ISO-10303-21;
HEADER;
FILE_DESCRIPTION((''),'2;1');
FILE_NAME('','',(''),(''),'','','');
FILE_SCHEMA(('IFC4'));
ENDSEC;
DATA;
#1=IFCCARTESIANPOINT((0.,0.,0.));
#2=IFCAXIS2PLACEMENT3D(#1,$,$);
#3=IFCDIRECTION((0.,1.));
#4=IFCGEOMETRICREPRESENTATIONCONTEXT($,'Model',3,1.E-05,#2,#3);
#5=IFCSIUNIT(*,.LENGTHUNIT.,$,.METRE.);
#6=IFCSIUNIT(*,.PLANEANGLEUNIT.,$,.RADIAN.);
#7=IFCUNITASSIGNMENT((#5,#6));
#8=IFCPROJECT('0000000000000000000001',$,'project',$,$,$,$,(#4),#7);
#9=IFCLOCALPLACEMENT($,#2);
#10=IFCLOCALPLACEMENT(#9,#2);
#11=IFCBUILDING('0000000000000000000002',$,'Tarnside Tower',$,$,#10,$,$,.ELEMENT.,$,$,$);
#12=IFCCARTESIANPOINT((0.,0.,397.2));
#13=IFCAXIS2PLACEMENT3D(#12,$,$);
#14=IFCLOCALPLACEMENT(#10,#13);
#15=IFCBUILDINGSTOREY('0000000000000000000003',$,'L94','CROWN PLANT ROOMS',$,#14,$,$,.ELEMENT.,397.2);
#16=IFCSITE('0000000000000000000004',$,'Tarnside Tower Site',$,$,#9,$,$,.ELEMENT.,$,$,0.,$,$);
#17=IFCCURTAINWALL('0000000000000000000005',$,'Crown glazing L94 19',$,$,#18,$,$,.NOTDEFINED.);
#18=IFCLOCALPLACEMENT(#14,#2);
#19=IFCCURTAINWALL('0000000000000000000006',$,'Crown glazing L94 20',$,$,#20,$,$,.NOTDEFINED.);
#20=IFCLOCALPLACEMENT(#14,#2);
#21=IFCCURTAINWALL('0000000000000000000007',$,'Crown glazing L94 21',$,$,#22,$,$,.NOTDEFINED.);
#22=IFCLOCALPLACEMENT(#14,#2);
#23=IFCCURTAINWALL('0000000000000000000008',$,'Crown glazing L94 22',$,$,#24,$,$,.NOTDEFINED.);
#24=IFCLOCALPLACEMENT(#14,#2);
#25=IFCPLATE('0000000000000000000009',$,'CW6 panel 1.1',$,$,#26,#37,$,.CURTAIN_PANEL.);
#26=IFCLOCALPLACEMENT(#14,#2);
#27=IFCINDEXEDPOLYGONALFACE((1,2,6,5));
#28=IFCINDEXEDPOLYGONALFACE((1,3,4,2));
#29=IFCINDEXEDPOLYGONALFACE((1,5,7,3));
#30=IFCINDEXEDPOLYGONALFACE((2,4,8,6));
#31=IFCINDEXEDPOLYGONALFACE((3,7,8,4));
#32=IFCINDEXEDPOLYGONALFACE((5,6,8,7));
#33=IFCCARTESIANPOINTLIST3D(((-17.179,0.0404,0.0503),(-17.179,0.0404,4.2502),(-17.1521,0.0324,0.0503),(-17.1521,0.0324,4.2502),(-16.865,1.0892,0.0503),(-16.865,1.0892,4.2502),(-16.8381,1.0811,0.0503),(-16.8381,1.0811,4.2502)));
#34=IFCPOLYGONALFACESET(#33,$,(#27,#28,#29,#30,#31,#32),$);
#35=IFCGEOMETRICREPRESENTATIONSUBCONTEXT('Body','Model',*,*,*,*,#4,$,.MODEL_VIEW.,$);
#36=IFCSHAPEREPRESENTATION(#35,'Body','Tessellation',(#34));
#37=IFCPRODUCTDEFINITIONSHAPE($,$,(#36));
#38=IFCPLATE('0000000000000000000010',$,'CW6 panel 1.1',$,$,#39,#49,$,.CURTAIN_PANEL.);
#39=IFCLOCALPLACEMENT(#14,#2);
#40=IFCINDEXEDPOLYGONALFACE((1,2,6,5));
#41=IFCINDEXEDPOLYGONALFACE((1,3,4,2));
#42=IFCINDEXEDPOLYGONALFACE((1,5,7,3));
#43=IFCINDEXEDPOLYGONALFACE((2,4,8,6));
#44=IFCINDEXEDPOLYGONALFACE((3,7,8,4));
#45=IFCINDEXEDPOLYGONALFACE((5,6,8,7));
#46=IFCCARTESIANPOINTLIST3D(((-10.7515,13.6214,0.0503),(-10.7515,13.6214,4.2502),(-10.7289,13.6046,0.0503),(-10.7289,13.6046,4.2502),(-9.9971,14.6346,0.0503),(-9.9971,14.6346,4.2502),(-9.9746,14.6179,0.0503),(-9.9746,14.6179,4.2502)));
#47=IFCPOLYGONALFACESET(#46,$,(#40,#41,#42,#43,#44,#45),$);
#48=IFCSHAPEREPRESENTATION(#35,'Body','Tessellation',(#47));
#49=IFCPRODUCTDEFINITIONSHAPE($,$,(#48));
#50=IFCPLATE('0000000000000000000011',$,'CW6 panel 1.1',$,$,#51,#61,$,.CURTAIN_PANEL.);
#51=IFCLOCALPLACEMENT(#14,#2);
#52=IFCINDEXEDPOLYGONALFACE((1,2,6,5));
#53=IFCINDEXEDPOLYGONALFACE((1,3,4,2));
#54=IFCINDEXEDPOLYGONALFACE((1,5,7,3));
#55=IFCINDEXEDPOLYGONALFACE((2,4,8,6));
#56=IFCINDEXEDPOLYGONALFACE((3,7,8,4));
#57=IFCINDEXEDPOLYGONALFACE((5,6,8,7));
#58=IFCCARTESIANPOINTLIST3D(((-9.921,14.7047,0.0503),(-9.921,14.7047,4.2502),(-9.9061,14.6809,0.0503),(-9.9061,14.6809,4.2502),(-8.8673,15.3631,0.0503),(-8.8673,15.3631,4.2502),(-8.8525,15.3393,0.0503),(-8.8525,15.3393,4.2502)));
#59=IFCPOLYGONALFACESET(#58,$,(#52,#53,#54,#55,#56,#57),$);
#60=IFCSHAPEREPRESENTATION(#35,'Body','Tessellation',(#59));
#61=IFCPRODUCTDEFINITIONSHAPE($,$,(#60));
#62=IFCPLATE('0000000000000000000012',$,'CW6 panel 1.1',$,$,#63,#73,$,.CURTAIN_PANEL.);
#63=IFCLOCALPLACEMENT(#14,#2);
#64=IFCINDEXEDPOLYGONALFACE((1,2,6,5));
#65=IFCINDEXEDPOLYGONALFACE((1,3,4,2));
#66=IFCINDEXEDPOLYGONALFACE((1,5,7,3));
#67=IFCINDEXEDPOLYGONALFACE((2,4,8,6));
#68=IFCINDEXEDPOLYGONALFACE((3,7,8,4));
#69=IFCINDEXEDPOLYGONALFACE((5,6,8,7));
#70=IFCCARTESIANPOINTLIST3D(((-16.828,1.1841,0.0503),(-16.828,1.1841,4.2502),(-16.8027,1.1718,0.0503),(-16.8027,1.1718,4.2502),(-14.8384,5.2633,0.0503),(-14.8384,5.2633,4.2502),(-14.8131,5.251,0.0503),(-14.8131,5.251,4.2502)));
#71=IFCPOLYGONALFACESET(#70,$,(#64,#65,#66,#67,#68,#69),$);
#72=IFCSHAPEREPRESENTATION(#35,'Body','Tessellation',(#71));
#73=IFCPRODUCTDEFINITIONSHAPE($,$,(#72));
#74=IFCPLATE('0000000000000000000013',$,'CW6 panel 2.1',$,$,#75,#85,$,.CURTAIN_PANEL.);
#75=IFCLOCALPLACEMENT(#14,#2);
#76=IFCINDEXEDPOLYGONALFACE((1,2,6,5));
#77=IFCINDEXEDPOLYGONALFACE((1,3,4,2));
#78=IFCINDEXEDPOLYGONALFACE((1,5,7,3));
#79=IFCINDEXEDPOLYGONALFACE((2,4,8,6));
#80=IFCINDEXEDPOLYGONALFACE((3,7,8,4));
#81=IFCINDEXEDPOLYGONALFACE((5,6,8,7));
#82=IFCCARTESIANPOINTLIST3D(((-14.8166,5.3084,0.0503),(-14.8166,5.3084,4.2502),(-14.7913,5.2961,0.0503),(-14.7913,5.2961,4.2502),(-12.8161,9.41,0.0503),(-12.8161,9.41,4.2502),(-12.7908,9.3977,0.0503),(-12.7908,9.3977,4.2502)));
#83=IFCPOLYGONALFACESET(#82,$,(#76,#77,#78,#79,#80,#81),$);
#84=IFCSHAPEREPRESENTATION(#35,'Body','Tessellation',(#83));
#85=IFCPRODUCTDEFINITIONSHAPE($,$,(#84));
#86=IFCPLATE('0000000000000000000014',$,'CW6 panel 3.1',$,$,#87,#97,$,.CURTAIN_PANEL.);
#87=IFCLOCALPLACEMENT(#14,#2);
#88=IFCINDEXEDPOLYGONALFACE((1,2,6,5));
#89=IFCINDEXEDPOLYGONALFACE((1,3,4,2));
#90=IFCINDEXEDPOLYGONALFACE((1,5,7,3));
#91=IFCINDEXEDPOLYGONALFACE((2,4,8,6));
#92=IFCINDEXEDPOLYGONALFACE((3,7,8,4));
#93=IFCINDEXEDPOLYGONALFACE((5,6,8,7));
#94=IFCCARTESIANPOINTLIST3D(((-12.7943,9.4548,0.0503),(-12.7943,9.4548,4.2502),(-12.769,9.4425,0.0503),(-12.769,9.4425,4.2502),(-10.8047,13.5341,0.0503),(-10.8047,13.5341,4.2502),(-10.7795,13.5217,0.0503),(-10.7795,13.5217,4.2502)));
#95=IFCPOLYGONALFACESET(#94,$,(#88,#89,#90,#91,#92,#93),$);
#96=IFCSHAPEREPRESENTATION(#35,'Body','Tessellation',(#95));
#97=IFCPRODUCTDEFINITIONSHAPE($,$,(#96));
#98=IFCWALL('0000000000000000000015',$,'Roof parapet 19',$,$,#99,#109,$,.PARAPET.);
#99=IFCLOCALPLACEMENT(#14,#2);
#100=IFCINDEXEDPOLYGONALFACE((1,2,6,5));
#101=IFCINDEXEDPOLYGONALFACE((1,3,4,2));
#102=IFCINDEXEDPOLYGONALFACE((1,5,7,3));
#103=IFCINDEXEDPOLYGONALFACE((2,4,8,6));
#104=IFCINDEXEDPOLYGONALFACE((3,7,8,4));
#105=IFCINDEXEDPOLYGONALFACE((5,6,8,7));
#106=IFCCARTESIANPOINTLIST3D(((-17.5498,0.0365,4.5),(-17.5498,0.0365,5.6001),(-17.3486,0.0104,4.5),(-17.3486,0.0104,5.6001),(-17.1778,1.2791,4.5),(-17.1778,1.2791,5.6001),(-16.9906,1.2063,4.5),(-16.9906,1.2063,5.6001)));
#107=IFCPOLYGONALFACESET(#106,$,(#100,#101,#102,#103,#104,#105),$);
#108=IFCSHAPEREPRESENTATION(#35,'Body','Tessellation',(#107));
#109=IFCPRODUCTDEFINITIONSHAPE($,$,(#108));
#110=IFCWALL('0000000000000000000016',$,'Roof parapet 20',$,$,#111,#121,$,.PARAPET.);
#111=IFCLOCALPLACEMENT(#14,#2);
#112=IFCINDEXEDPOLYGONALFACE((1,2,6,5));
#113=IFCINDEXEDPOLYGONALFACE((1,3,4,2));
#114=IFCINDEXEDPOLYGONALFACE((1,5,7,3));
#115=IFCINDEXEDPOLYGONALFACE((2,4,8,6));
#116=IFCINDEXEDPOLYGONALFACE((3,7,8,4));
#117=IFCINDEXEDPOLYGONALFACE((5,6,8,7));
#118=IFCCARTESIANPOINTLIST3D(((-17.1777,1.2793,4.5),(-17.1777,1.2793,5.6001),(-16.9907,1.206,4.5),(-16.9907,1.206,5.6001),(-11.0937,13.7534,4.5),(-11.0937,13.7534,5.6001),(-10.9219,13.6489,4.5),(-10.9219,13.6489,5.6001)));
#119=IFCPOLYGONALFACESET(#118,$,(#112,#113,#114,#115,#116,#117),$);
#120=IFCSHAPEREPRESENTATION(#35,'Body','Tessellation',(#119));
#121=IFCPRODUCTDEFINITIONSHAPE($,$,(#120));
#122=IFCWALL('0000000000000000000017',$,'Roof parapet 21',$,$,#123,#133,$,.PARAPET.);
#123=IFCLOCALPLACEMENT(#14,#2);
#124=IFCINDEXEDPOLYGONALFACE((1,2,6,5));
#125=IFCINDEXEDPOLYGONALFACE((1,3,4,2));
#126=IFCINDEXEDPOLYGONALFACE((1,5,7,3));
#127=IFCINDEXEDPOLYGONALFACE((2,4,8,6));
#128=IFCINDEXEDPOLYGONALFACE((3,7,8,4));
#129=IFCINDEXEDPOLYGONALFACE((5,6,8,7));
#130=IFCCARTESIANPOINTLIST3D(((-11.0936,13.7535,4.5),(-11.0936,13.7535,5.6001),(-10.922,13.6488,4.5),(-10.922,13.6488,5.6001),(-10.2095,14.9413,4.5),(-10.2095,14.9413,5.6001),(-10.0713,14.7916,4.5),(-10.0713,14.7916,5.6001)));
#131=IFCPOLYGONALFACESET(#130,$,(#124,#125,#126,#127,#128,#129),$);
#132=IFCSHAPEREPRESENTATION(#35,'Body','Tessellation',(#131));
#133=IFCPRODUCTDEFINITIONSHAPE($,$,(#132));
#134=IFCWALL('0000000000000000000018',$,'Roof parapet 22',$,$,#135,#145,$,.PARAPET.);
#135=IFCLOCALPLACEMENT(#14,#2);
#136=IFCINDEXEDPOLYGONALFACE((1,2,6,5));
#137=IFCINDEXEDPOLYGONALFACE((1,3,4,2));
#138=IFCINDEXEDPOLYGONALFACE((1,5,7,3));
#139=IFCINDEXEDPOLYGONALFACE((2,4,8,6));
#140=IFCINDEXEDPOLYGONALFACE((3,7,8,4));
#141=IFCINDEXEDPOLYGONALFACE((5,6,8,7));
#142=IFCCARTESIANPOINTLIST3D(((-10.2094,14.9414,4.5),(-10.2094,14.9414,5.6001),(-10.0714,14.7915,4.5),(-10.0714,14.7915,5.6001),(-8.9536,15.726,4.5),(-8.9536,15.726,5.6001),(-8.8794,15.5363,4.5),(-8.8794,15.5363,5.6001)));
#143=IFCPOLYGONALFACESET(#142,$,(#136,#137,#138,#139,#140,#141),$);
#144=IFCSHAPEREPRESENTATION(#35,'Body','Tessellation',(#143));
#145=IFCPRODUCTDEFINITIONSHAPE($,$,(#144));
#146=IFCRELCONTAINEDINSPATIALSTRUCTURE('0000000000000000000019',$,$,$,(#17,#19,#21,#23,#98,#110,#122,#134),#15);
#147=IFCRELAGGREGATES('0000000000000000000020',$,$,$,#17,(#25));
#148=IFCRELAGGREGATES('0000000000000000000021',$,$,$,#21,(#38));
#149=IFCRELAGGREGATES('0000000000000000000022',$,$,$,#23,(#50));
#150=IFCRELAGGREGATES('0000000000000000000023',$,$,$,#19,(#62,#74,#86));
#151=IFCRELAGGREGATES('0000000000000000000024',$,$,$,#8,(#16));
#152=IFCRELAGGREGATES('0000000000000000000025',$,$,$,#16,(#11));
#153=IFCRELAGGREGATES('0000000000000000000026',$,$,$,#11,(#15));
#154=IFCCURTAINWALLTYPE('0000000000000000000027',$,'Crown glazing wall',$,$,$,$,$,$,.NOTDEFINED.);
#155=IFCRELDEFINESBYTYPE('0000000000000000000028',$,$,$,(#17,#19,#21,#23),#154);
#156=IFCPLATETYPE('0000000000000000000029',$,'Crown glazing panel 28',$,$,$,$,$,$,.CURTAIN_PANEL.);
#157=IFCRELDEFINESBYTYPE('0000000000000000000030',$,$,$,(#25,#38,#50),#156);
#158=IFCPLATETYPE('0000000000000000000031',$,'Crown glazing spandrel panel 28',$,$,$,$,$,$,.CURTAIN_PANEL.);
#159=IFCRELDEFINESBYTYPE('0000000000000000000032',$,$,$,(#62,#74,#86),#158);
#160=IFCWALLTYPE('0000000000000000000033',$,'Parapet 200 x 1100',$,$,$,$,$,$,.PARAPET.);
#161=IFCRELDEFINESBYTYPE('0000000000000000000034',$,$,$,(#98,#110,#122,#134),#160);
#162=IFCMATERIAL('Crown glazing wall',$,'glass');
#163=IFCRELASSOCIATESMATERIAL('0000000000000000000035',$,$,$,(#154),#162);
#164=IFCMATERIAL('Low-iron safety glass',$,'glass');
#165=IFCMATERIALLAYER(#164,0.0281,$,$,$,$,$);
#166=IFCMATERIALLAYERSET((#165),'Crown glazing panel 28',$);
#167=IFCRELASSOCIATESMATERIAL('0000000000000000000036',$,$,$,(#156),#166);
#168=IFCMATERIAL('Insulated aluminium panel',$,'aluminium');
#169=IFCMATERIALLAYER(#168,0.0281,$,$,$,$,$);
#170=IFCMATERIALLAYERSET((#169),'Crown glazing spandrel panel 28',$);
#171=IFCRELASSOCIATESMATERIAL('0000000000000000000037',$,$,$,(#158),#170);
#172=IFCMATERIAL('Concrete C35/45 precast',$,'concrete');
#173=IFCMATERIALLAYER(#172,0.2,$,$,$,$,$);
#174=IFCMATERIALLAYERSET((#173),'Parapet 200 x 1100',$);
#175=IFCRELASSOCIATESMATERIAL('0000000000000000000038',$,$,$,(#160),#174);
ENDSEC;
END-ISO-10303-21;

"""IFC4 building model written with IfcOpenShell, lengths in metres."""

from ifc_helpers import new_model, si_unit, direction, frame, origin, origin_2d, place, context, subcontext, project, spatial, polyline, rectangle, outline, extrude, material, layer, layer_set, type_object, element, aggregate, save


model = new_model("IFC4")

# Units and contexts
model_context = context("Model", 3, precision=1e-05, world=origin(), true_north=direction((0.0, 1.0)))
body_context = subcontext(model_context, "Body", "Model", "MODEL_VIEW")
ifc_project = project(units=[si_unit("LENGTHUNIT", "METRE"), si_unit("PLANEANGLEUNIT", "RADIAN")], contexts=[model_context])

# Site, building, storey
site_placement = place(None, origin())
site = spatial("IfcSite", under=ifc_project, at=site_placement, Name="Tarnside Tower Site", CompositionType="ELEMENT", RefElevation=0.0)
building_placement = place(site_placement, origin())
building = spatial("IfcBuilding", under=site, at=building_placement, Name="Tarnside Tower", CompositionType="ELEMENT")
storey_placement = place(building_placement, frame((0.0, 0.0, 397.2)))
storey = spatial("IfcBuildingStorey", under=building, at=storey_placement, Name="L94", Description="CROWN PLANT ROOMS", CompositionType="ELEMENT", Elevation=397.2)

# Curtain walls
ifc_material_1 = material(Name="Crown glazing wall", Category="glass")
curtain_wall_type = type_object("IfcCurtainWallType", Name="Crown glazing wall", PredefinedType="NOTDEFINED", material=ifc_material_1)
curtain_wall_1_placement = place(storey_placement, origin())
curtain_wall_1 = element("IfcCurtainWall", 1, at=curtain_wall_1_placement, inside=storey, type_object=curtain_wall_type, Name="Crown glazing L94 19", PredefinedType="NOTDEFINED")
curtain_wall_2_placement = place(storey_placement, origin())
curtain_wall_2 = element("IfcCurtainWall", 2, at=curtain_wall_2_placement, inside=storey, type_object=curtain_wall_type, Name="Crown glazing L94 20", PredefinedType="NOTDEFINED")
curtain_wall_3_placement = place(storey_placement, origin())
curtain_wall_3 = element("IfcCurtainWall", 3, at=curtain_wall_3_placement, inside=storey, type_object=curtain_wall_type, Name="Crown glazing L94 21", PredefinedType="NOTDEFINED")

# Curtain wall
curtain_wall_4_placement = place(storey_placement, origin())
curtain_wall_4 = element("IfcCurtainWall", 4, at=curtain_wall_4_placement, inside=storey, type_object=curtain_wall_type, Name="Crown glazing L94 22", PredefinedType="NOTDEFINED")

# Plates
ifc_material_2 = material(Name="Low-iron safety glass", Category="glass")
ifc_layer_1 = layer(ifc_material_2, 0.0281)
ifc_layer_set_1 = layer_set([ifc_layer_1], Name="Crown glazing panel 28")
plate_type_1 = type_object("IfcPlateType", Name="Crown glazing panel 28", PredefinedType="CURTAIN_PANEL", material=ifc_layer_set_1)
plate_1_placement = place(storey_placement, frame((-17.0085, 0.5608, 0.0503), z_axis=(0.0, 0.0, 1.0), x_axis=(0.286803, 0.95799, 0.0)))
plate_1 = element("IfcPlate", 5, at=plate_1_placement, type_object=plate_type_1, Name="CW6 panel 1.1", PredefinedType="CURTAIN_PANEL", context=body_context, shape_type="SweptSolid", body=[
    extrude(rectangle(XDim=1.0947, YDim=0.0281, at=origin_2d()), origin(), (0.0, 0.0, 1.0), 4.2),
])
aggregate(curtain_wall_1, [plate_1])
plate_2_placement = place(storey_placement, frame((-10.363, 14.1196, 0.0503), z_axis=(0.0, 0.0, 1.0), x_axis=(0.597159, 0.802123, 0.0)))
plate_2 = element("IfcPlate", 6, at=plate_2_placement, type_object=plate_type_1, Name="CW6 panel 1.1", PredefinedType="CURTAIN_PANEL", context=body_context, shape_type="SweptSolid", body=[
    extrude(rectangle(XDim=1.2632, YDim=0.0281, at=origin_2d()), origin(), (0.0, 0.0, 1.0), 4.2),
])
aggregate(curtain_wall_3, [plate_2])
plate_3_placement = place(storey_placement, frame((-9.3867, 15.022, 0.0503), z_axis=(0.0, 0.0, 1.0), x_axis=(0.848048, 0.529919, 0.0)))
plate_3 = element("IfcPlate", 7, at=plate_3_placement, type_object=plate_type_1, Name="CW6 panel 1.1", PredefinedType="CURTAIN_PANEL", context=body_context, shape_type="SweptSolid", body=[
    extrude(rectangle(XDim=1.2424, YDim=0.0281, at=origin_2d()), origin(), (0.0, 0.0, 1.0), 4.2),
])
aggregate(curtain_wall_4, [plate_3])
ifc_material_3 = material(Name="Insulated aluminium panel", Category="aluminium")
ifc_layer_2 = layer(ifc_material_3, 0.0281)
ifc_layer_set_2 = layer_set([ifc_layer_2], Name="Crown glazing spandrel panel 28")
plate_type_2 = type_object("IfcPlateType", Name="Crown glazing spandrel panel 28", PredefinedType="CURTAIN_PANEL", material=ifc_layer_set_2)
plate_4_placement = place(storey_placement, frame((-15.8206, 3.2175, 0.0503), z_axis=(0.0, 0.0, 1.0), x_axis=(0.438371, 0.898794, 0.0)))
plate_4 = element("IfcPlate", 8, at=plate_4_placement, type_object=plate_type_2, Name="CW6 panel 1.1", PredefinedType="CURTAIN_PANEL", context=body_context, shape_type="SweptSolid", body=[
    extrude(rectangle(XDim=4.5386, YDim=0.0281, at=origin_2d()), origin(), (0.0, 0.0, 1.0), 4.2),
])
plate_5_placement = place(storey_placement, frame((-13.8037, 7.353, 0.0503), z_axis=(0.0, 0.0, 1.0), x_axis=(0.438371, 0.898794, 0.0)))
plate_5 = element("IfcPlate", 9, at=plate_5_placement, type_object=plate_type_2, Name="CW6 panel 2.1", PredefinedType="CURTAIN_PANEL", context=body_context, shape_type="SweptSolid", body=[
    extrude(rectangle(XDim=4.5635, YDim=0.0281, at=origin_2d()), origin(), (0.0, 0.0, 1.0), 4.2),
])
plate_6_placement = place(storey_placement, frame((-11.7869, 11.4883, 0.0503), z_axis=(0.0, 0.0, 1.0), x_axis=(0.438371, 0.898794, 0.0)))
plate_6 = element("IfcPlate", 10, at=plate_6_placement, type_object=plate_type_2, Name="CW6 panel 3.1", PredefinedType="CURTAIN_PANEL", context=body_context, shape_type="SweptSolid", body=[
    extrude(rectangle(XDim=4.5386, YDim=0.0281, at=origin_2d()), origin(), (0.0, 0.0, 1.0), 4.2),
])
aggregate(curtain_wall_2, [plate_4, plate_5, plate_6])

# Walls
ifc_material_4 = material(Name="Concrete C35/45 precast", Category="concrete")
ifc_layer_3 = layer(ifc_material_4, 0.2)
ifc_layer_set_3 = layer_set([ifc_layer_3], Name="Parapet 200 x 1100")
wall_type = type_object("IfcWallType", Name="Parapet 200 x 1100", PredefinedType="PARAPET", material=ifc_layer_set_3)
wall_1_placement = place(storey_placement, frame((-17.4492, 0.0234, 4.5), z_axis=(0.0, 0.0, 1.0), x_axis=(0.286785, 0.957995, 0.0)))
element("IfcWall", 11, at=wall_1_placement, inside=storey, type_object=wall_type, Name="Roof parapet 19", PredefinedType="PARAPET", context=body_context, shape_type="SweptSolid", body=[
    extrude(outline(polyline([(0.0164, -0.1001), (1.2646, -0.1001), (1.2808, 0.1001), (-0.0164, 0.1001), (0.0164, -0.1001)])), origin(), (0.0, 0.0, 1.0), 1.1001),
])
wall_2_placement = place(storey_placement, frame((-17.0842, 1.2427, 4.5), z_axis=(0.0, 0.0, 1.0), x_axis=(0.438371, 0.898794, 0.0)))
element("IfcWall", 12, at=wall_2_placement, inside=storey, type_object=wall_type, Name="Roof parapet 20", PredefinedType="PARAPET", context=body_context, shape_type="SweptSolid", body=[
    extrude(outline(polyline([(0.0081, -0.1001), (13.8521, -0.1001), (13.8706, 0.1001), (-0.0081, 0.1001), (0.0081, -0.1001)])), origin(), (0.0, 0.0, 1.0), 1.1001),
])
wall_3_placement = place(storey_placement, frame((-11.0078, 13.7012, 4.5), z_axis=(0.0, 0.0, 1.0), x_axis=(0.597119, 0.802153, 0.0)))
element("IfcWall", 13, at=wall_3_placement, inside=storey, type_object=wall_type, Name="Roof parapet 21", PredefinedType="PARAPET", context=body_context, shape_type="SweptSolid", body=[
    extrude(outline(polyline([(0.0093, -0.1001), (1.4338, -0.1001), (1.4714, 0.1001), (-0.0093, 0.1001), (0.0093, -0.1001)])), origin(), (0.0, 0.0, 1.0), 1.1001),
])
wall_4_placement = place(storey_placement, frame((-10.1404, 14.8665, 4.5), z_axis=(0.0, 0.0, 1.0), x_axis=(0.848084, 0.529862, 0.0)))
element("IfcWall", 14, at=wall_4_placement, inside=storey, type_object=wall_type, Name="Roof parapet 22", PredefinedType="PARAPET", context=body_context, shape_type="SweptSolid", body=[
    extrude(outline(polyline([(0.0188, -0.1001), (1.4243, -0.1001), (1.4619, 0.1001), (-0.0188, 0.1001), (0.0188, -0.1001)])), origin(), (0.0, 0.0, 1.0), 1.1001),
])

save(model, "model.ifc")
